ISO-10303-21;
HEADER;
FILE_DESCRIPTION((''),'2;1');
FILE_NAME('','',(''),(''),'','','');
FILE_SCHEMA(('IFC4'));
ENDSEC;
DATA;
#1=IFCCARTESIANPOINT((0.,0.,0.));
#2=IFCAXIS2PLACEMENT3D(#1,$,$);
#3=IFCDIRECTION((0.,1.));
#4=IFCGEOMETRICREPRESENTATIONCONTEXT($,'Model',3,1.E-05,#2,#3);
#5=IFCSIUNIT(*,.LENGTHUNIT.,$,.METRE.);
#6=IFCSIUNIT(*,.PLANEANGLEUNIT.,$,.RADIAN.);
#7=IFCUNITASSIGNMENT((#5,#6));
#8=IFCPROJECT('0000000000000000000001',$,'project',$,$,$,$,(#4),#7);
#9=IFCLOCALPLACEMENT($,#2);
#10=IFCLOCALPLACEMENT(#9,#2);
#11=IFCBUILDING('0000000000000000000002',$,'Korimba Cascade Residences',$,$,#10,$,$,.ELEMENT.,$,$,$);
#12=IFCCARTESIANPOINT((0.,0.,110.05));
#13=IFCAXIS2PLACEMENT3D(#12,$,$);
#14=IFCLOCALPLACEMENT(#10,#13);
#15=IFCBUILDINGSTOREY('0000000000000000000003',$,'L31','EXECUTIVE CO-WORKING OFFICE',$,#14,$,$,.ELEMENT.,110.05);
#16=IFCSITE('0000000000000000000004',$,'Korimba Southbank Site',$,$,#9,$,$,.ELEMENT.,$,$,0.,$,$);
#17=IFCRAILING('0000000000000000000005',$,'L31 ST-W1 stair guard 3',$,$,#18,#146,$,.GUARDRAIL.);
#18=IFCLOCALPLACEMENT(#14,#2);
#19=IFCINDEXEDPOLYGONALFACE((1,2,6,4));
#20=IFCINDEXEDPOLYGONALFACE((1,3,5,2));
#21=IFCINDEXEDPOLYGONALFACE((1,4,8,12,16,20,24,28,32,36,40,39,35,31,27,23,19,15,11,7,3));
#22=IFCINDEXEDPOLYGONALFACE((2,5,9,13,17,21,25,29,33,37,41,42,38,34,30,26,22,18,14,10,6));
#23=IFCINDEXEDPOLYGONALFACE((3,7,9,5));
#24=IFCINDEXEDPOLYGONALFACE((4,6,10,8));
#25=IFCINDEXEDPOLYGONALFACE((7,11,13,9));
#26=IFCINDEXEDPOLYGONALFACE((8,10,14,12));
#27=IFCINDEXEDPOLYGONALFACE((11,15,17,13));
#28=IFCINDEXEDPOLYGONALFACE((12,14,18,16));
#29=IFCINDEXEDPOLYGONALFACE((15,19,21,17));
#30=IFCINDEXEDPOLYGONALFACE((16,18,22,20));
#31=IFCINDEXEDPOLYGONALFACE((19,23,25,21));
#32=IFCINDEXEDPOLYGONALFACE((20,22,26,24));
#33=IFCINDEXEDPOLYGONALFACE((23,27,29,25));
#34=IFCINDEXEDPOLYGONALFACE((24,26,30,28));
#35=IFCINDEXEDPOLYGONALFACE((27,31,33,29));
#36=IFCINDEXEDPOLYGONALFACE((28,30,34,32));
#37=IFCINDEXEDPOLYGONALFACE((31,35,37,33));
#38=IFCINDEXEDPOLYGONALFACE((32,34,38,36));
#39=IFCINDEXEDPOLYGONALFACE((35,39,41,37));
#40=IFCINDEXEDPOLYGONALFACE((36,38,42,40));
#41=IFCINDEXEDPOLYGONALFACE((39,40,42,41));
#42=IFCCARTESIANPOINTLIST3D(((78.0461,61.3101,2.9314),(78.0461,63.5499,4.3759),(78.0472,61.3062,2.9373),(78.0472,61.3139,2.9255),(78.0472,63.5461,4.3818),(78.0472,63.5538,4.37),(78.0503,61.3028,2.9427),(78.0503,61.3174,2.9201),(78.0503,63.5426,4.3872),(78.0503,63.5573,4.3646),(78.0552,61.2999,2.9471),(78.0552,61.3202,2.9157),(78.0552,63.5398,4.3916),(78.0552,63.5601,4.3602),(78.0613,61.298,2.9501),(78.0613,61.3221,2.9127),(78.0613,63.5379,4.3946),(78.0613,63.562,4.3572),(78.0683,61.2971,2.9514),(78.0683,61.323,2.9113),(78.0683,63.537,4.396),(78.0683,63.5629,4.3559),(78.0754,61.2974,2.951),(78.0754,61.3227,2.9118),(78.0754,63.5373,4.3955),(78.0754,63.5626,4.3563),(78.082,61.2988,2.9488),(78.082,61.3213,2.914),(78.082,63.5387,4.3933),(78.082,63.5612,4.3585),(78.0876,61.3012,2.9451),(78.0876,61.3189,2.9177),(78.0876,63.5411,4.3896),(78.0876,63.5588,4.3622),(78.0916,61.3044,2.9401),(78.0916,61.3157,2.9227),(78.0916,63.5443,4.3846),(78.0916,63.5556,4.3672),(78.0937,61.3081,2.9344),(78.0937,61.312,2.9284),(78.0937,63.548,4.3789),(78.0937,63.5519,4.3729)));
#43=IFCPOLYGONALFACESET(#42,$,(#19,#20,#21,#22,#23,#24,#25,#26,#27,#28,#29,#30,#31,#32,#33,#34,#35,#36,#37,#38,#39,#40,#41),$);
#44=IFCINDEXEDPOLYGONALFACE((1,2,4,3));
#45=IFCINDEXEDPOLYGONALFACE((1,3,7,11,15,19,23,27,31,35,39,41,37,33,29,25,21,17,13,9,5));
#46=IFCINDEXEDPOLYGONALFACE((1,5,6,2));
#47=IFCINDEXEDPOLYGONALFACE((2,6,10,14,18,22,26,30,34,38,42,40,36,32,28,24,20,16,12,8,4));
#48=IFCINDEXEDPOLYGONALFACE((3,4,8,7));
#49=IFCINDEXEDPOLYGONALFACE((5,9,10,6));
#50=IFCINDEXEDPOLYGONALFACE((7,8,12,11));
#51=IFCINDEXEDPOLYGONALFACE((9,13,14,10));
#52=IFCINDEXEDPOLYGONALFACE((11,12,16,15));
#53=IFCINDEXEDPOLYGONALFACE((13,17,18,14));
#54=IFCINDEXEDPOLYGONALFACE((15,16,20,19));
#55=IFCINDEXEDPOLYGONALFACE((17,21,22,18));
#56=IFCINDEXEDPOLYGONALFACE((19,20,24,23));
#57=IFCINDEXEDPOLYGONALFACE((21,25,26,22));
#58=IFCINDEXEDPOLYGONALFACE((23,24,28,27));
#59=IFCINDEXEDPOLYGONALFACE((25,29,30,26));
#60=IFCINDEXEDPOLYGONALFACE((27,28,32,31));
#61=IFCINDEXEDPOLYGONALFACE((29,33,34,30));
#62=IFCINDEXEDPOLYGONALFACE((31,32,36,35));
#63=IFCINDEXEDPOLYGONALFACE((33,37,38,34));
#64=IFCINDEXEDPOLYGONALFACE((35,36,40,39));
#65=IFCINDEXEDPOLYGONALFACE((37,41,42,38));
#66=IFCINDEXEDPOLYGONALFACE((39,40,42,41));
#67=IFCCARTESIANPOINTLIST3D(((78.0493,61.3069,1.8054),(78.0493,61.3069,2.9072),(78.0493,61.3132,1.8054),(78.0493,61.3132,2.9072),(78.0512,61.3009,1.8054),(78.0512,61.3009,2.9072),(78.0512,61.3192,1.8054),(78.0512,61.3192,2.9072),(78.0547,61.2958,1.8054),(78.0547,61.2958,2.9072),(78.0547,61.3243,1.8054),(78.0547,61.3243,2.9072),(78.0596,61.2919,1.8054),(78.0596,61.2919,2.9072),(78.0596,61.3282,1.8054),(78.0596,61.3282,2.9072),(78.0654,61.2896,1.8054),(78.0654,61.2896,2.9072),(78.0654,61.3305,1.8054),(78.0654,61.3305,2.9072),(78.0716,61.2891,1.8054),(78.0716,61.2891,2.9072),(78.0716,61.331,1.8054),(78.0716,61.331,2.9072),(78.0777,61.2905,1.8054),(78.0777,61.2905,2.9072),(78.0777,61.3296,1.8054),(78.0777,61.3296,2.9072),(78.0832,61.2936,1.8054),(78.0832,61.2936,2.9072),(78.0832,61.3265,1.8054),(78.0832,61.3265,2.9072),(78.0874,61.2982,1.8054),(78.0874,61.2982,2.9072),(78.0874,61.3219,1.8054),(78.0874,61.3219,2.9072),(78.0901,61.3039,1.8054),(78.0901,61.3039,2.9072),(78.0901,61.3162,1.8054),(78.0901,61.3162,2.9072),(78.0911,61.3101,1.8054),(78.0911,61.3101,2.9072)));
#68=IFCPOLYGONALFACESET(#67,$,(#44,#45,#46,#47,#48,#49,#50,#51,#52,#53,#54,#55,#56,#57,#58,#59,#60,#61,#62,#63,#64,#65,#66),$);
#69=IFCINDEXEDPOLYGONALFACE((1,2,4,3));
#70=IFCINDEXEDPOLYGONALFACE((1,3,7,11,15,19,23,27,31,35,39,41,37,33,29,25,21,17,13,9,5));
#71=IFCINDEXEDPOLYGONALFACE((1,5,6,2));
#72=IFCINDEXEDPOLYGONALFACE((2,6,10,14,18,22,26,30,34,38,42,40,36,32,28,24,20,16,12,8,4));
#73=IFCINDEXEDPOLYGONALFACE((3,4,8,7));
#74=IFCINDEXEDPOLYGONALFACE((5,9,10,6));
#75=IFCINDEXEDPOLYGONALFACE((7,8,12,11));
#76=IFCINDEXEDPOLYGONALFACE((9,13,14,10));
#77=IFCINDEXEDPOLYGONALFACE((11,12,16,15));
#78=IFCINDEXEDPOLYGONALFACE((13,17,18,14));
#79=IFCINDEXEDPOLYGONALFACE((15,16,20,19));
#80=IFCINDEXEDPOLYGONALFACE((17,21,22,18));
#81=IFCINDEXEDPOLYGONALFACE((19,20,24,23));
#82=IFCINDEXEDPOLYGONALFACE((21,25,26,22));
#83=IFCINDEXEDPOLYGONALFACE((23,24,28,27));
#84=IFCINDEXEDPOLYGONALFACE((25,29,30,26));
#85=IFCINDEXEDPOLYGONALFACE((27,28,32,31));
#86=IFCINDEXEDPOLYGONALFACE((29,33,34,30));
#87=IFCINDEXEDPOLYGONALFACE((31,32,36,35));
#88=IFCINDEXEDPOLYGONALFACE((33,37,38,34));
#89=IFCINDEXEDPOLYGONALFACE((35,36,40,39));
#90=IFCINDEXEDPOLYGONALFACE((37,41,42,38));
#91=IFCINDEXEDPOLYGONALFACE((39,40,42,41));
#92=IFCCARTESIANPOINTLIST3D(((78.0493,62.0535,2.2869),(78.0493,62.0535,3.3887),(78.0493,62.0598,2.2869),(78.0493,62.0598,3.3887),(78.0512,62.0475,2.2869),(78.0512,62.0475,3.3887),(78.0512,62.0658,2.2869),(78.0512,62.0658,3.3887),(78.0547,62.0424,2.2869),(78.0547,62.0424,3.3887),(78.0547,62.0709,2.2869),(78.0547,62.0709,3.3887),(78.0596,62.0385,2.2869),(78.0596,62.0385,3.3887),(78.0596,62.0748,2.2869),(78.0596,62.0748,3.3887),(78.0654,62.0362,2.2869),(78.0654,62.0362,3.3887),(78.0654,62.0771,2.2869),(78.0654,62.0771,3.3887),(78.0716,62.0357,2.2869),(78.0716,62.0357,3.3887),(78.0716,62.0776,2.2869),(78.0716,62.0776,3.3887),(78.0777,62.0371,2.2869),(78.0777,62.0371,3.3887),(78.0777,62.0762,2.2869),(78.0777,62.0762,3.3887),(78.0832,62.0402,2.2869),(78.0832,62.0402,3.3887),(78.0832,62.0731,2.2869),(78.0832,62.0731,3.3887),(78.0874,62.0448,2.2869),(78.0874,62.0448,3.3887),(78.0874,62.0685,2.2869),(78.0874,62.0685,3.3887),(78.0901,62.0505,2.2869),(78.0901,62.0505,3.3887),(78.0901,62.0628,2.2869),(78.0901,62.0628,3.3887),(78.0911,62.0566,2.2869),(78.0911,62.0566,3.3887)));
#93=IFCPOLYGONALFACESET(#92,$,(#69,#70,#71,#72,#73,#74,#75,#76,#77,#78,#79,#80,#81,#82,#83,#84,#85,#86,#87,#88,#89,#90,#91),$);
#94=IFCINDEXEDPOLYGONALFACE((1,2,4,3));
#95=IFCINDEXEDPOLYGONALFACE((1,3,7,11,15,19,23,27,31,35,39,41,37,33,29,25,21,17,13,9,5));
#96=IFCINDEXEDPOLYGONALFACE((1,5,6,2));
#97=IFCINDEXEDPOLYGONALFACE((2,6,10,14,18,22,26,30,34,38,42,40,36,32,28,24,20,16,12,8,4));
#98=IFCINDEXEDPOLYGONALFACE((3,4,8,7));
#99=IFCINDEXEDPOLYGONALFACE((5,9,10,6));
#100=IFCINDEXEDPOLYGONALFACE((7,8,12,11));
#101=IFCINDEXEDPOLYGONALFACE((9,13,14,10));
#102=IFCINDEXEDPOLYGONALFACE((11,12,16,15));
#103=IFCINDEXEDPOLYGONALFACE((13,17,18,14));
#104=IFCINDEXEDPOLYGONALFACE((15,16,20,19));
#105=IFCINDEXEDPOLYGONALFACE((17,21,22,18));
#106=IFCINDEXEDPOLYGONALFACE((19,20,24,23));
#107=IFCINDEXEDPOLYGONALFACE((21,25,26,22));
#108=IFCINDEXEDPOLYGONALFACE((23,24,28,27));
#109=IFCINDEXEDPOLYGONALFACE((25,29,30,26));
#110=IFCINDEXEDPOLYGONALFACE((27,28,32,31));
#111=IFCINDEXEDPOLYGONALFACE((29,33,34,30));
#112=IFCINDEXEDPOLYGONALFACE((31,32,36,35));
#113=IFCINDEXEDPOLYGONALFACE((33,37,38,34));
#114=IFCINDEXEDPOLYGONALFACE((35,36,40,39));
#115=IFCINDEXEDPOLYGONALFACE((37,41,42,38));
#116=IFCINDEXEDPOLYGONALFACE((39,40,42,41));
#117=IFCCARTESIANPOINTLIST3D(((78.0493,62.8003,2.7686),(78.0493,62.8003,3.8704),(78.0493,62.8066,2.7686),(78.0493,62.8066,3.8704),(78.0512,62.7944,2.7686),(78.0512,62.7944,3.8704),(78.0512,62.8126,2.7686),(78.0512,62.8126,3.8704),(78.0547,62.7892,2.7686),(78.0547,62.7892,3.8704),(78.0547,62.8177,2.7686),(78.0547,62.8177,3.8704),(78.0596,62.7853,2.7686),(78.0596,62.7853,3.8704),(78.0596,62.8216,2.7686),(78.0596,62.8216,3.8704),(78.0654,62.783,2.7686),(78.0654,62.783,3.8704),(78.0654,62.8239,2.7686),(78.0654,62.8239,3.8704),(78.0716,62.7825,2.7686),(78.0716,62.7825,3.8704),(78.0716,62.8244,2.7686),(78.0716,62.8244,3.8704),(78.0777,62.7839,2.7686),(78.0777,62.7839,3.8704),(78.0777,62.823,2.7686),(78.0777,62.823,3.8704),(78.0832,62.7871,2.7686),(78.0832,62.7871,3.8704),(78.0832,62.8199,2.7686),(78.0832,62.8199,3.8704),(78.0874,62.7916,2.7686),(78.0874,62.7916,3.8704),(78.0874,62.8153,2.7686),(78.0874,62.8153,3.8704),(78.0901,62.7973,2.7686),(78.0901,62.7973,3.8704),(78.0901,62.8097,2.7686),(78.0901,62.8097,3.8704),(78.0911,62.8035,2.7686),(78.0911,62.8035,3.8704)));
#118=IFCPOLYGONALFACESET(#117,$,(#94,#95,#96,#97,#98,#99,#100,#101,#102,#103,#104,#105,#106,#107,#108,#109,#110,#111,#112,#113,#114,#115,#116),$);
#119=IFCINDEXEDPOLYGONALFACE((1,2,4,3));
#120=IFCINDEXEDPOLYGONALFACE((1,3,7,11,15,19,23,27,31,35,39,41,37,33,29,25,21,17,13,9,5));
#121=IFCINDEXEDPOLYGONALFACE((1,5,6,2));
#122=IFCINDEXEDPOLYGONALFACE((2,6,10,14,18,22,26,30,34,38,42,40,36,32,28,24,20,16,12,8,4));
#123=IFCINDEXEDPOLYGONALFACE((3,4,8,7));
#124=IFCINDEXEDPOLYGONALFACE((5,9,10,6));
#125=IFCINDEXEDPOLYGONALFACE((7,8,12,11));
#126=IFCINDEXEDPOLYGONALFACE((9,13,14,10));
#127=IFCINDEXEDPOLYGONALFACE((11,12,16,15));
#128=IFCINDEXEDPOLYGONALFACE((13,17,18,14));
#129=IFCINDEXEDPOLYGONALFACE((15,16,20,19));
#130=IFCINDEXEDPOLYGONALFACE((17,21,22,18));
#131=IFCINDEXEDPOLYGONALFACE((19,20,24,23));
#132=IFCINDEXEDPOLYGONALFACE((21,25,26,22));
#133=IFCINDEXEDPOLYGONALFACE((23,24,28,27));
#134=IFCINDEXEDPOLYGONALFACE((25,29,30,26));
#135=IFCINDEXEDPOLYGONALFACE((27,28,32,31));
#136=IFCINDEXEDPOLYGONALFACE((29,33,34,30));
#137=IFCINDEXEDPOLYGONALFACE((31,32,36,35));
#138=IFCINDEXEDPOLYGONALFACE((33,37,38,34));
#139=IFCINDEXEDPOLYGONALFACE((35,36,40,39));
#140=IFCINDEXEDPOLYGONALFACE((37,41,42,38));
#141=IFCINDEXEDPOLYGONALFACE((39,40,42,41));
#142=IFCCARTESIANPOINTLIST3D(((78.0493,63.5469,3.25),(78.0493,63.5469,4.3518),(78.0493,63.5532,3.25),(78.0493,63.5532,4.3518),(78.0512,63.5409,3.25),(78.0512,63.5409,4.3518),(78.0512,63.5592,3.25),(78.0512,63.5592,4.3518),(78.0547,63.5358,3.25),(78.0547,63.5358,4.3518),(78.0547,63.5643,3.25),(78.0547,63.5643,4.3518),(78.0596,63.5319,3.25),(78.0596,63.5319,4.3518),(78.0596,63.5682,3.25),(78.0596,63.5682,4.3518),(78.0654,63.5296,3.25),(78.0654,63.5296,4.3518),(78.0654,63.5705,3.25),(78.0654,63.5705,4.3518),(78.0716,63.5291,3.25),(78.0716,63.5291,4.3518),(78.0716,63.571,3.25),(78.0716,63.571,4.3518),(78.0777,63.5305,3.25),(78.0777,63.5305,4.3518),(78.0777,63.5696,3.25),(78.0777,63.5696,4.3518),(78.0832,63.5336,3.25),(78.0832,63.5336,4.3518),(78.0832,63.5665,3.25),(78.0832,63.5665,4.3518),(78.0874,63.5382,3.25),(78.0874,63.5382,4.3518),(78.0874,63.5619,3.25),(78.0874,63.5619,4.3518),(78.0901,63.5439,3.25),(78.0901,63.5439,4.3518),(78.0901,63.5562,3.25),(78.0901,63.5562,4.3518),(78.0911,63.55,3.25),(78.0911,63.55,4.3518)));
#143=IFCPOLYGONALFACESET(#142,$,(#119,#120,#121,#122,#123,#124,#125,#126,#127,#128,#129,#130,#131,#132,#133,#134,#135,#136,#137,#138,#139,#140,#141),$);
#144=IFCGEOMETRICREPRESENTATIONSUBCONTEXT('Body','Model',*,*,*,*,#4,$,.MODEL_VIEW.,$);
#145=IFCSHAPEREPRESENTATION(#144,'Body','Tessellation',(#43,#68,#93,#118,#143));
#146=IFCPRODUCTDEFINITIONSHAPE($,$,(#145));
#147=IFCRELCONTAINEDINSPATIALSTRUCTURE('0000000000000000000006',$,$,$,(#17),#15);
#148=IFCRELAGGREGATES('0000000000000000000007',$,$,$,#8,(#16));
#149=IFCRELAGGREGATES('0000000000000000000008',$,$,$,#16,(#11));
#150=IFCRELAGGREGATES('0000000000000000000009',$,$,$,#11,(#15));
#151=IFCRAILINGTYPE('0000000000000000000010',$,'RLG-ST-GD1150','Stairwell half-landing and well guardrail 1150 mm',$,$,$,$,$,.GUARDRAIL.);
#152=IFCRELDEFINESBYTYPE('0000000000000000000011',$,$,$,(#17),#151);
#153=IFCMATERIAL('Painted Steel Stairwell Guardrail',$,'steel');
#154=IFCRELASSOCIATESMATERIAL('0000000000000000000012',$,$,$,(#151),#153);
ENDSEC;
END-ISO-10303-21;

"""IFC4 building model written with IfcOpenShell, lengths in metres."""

from ifc_helpers import new_model, si_unit, direction, frame, origin, origin_2d, place, context, subcontext, project, spatial, circle, extrude, material, type_object, element, save


model = new_model("IFC4")

# Units and contexts
model_context = context("Model", 3, precision=1e-05, world=origin(), true_north=direction((0.0, 1.0)))
body_context = subcontext(model_context, "Body", "Model", "MODEL_VIEW")
ifc_project = project(units=[si_unit("LENGTHUNIT", "METRE"), si_unit("PLANEANGLEUNIT", "RADIAN")], contexts=[model_context])

# Site, building, storey
site_placement = place(None, origin())
site = spatial("IfcSite", under=ifc_project, at=site_placement, Name="Korimba Southbank Site", CompositionType="ELEMENT", RefElevation=0.0)
building_placement = place(site_placement, origin())
building = spatial("IfcBuilding", under=site, at=building_placement, Name="Korimba Cascade Residences", CompositionType="ELEMENT")
storey_placement = place(building_placement, frame((0.0, 0.0, 110.05)))
storey = spatial("IfcBuildingStorey", under=building, at=storey_placement, Name="L31", Description="EXECUTIVE CO-WORKING OFFICE", CompositionType="ELEMENT", Elevation=110.05)

# Railing
ifc_material_1 = material(Name="Painted Steel Stairwell Guardrail", Category="steel")
railing_type_1 = type_object("IfcRailingType", Name="RLG-ST-GD1150", Description="Stairwell half-landing and well guardrail 1150 mm", PredefinedType="GUARDRAIL", material=ifc_material_1)
railing_1_placement = place(storey_placement, frame((78.0701, 61.3101, 1.8054)))
element("IfcRailing", 1, at=railing_1_placement, inside=storey, type_object=railing_type_1, Name="L31 ST-W1 stair guard 3", PredefinedType="GUARDRAIL", context=body_context, shape_type="SweptSolid", body=[
    extrude(circle(Radius=0.0239, at=origin_2d()), frame((0.0, 0.0, 1.126), z_axis=(0.0, 0.840395, 0.541975), x_axis=(-1.0, 0.0, 0.0)), (0.0, 0.0, 1.0), 2.6653),
    extrude(circle(Radius=0.021, at=origin_2d()), origin(), (0.0, 0.0, 1.0), 1.1018),
    extrude(circle(Radius=0.021, at=origin_2d()), frame((0.0, 0.7466, 0.4814)), (0.0, 0.0, 1.0), 1.1018),
    extrude(circle(Radius=0.021, at=origin_2d()), frame((0.0, 1.4934, 0.9631)), (0.0, 0.0, 1.0), 1.1018),
    extrude(circle(Radius=0.021, at=origin_2d()), frame((0.0, 2.24, 1.4446)), (0.0, 0.0, 1.0), 1.1018),
])

save(model, "model.ifc")
